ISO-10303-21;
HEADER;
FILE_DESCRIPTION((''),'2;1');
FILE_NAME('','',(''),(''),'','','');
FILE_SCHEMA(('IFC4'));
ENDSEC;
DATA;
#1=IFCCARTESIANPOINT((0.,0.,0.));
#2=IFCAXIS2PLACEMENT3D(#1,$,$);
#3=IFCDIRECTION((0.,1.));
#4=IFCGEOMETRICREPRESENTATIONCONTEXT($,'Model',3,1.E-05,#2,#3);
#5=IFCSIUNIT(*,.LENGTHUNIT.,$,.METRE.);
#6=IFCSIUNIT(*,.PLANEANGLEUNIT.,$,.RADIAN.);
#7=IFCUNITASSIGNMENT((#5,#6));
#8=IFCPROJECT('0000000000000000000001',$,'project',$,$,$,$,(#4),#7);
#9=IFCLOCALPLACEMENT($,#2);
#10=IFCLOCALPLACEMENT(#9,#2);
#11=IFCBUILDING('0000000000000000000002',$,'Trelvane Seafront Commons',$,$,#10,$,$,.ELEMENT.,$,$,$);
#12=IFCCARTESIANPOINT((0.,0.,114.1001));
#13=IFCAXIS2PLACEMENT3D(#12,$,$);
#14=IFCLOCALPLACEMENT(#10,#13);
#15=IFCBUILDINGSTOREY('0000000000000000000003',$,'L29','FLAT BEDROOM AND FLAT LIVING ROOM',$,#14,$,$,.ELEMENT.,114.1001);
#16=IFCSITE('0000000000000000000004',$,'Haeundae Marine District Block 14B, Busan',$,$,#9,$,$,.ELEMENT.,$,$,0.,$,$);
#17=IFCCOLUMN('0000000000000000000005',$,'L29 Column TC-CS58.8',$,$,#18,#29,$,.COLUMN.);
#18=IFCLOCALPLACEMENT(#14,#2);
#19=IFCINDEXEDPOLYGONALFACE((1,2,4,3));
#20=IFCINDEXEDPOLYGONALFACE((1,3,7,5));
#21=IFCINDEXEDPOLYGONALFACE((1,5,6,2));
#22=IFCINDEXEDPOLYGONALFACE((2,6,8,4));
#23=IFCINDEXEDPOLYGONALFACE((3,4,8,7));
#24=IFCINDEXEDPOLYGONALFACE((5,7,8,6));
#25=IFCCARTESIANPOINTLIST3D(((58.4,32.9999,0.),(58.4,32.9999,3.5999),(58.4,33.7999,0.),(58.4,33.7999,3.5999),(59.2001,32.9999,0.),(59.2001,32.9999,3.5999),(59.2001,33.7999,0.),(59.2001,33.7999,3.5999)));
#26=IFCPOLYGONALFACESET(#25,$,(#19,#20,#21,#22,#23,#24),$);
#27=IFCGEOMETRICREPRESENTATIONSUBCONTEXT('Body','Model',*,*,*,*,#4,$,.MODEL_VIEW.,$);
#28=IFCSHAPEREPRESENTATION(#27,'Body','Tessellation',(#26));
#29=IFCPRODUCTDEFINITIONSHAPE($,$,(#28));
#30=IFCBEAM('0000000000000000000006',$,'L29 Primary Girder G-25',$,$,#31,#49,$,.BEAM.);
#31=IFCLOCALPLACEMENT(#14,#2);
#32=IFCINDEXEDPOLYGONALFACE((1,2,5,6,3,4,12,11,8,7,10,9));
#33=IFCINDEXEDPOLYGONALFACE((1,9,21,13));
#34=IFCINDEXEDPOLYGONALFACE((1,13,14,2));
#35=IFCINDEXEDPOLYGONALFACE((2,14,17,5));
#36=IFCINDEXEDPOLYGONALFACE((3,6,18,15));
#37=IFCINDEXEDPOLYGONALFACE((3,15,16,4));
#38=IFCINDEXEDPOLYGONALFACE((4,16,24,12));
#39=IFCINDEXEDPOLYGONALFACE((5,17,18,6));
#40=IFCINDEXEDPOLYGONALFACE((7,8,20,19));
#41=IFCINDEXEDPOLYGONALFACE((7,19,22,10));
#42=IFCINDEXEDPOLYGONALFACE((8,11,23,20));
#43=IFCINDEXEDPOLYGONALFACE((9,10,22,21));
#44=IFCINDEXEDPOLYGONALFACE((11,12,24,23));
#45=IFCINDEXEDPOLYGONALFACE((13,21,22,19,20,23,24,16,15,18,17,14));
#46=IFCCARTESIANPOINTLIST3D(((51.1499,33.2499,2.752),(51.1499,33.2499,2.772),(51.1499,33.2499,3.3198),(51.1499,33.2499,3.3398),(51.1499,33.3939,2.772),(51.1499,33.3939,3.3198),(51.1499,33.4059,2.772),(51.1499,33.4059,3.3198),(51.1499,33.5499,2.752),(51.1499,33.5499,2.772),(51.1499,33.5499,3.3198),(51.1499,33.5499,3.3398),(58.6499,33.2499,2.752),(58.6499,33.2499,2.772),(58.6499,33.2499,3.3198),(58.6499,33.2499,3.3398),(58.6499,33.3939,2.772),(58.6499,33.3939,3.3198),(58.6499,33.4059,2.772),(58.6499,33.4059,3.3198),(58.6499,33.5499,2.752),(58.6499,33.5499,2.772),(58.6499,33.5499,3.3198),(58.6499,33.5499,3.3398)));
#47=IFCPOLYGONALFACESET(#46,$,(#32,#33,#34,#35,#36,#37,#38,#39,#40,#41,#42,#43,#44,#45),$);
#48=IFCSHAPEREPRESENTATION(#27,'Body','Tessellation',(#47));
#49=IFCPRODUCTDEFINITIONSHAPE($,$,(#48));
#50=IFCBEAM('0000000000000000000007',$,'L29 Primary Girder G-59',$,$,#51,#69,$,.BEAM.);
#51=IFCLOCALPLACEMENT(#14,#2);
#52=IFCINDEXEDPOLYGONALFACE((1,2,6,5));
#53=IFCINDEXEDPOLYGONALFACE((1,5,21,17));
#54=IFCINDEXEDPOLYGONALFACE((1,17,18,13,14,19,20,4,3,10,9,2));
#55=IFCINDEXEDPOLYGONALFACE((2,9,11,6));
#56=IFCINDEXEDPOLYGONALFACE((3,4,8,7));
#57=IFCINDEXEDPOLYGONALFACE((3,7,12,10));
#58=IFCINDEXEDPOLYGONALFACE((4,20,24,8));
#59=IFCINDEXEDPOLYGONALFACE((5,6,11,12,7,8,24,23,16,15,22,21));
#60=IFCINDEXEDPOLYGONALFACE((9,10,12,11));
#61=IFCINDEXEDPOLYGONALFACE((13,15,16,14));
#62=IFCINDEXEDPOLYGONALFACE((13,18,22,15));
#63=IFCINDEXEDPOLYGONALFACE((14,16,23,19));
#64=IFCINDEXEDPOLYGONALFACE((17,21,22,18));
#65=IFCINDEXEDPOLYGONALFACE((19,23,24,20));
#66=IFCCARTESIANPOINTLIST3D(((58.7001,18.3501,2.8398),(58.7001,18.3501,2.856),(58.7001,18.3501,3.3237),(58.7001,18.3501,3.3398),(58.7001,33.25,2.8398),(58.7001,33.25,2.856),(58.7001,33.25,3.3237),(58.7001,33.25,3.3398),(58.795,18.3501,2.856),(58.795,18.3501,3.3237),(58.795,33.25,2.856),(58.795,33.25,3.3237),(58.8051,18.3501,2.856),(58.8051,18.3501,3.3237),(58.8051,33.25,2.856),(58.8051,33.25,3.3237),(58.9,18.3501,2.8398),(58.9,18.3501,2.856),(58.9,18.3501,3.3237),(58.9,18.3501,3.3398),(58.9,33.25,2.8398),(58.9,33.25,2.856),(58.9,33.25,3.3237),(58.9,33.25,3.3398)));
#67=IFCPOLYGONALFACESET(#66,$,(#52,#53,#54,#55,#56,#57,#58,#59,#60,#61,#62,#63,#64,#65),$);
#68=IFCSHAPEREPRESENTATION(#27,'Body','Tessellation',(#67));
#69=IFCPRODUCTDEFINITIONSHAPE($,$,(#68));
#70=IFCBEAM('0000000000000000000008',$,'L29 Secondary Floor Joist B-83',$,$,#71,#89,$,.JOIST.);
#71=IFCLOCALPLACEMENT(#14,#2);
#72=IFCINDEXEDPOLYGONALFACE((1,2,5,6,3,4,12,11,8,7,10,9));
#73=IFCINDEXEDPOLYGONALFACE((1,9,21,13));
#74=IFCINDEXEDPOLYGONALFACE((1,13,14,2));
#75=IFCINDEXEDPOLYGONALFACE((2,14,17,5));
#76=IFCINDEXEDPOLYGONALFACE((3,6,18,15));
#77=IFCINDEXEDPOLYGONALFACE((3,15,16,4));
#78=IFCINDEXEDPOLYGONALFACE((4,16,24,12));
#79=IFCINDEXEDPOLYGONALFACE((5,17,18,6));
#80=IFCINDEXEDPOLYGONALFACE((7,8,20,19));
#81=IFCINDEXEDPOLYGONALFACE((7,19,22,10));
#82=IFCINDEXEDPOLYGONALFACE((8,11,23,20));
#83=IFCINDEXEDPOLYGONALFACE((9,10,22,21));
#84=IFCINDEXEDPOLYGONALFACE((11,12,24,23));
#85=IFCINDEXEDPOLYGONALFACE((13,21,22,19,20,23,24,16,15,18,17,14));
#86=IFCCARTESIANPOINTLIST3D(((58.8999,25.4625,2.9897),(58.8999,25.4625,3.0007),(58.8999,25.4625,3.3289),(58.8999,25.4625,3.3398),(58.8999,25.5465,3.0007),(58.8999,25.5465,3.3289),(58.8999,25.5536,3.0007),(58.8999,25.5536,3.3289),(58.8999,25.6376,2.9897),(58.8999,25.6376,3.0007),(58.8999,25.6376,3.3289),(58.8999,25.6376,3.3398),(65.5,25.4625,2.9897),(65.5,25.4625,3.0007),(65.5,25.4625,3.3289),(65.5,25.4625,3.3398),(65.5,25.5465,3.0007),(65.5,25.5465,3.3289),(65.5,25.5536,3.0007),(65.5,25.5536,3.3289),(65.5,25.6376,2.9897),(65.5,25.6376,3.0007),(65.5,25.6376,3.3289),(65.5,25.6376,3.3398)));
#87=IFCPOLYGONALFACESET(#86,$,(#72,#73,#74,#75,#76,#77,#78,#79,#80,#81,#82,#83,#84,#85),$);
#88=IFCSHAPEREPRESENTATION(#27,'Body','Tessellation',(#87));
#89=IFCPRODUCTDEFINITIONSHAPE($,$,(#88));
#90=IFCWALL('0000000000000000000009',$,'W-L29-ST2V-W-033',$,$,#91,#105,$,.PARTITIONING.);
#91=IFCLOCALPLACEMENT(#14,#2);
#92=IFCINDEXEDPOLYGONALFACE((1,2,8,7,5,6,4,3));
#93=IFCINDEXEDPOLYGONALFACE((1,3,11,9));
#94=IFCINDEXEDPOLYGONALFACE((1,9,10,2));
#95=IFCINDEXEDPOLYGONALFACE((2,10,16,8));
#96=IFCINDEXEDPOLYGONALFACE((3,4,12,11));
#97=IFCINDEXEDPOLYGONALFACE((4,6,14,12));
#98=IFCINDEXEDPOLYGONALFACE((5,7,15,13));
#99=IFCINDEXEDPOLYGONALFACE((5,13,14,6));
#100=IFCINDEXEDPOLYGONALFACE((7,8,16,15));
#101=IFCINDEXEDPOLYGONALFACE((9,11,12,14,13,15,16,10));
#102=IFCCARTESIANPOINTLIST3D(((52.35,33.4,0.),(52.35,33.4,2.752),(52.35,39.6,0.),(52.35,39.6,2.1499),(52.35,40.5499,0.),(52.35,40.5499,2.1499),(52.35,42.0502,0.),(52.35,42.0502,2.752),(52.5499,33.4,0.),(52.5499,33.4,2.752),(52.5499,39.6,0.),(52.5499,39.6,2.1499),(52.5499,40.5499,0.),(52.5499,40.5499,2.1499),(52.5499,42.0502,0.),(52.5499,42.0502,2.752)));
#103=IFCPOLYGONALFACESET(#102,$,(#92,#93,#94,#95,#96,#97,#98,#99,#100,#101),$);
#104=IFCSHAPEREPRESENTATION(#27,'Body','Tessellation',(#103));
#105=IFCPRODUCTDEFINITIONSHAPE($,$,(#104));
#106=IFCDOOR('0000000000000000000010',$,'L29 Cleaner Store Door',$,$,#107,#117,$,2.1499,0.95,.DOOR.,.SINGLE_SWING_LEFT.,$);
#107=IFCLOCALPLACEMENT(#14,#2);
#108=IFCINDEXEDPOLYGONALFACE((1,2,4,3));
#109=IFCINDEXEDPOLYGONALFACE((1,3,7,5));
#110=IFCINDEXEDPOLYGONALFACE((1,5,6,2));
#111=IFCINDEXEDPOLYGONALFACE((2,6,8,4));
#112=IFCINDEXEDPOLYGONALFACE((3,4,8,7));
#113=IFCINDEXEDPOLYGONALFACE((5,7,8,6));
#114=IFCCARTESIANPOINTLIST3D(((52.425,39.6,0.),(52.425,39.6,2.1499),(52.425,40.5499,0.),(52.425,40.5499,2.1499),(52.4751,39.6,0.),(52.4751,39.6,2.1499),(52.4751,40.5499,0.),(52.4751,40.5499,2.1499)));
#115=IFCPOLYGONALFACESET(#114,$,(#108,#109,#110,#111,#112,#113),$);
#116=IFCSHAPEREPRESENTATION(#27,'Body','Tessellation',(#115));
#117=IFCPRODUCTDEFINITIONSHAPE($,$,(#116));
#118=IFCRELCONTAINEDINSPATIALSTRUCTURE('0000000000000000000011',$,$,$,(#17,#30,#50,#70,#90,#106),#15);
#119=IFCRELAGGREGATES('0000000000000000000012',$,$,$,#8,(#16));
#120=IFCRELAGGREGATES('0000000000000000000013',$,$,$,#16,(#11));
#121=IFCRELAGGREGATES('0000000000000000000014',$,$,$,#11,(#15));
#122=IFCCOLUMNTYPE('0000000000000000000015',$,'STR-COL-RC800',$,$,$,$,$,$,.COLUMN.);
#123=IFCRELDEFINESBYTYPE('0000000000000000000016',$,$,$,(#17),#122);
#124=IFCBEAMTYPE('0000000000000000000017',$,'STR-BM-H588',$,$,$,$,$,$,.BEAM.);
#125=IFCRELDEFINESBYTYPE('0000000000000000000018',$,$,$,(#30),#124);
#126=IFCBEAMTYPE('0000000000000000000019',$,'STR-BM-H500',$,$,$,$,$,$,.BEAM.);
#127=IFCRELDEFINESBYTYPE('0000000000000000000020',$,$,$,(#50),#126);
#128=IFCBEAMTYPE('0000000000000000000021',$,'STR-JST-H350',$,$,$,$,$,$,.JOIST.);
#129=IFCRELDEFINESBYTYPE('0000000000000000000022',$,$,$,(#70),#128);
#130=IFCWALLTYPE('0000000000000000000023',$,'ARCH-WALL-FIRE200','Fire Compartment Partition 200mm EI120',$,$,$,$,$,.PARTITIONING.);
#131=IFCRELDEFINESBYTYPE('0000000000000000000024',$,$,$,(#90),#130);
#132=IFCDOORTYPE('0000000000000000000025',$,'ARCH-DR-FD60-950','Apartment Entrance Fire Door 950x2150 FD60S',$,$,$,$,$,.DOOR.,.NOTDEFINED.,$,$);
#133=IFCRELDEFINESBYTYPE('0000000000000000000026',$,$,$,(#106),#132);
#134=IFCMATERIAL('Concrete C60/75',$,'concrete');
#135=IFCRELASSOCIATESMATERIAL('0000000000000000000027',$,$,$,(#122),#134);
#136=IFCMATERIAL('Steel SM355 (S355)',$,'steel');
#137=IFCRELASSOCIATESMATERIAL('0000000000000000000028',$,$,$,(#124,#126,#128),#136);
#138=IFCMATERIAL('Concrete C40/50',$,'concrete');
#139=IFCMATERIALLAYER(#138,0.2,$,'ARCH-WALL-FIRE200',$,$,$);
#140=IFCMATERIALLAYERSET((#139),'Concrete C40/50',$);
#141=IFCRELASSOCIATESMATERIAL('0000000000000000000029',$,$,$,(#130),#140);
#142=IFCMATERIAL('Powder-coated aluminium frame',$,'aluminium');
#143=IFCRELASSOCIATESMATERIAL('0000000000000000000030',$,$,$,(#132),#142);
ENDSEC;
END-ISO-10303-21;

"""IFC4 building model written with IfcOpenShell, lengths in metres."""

from ifc_helpers import new_model, si_unit, direction, frame, frame_2d, origin, origin_2d, place, context, subcontext, project, spatial, rectangle, i_section, extrude, source, transform, mapped, material, layer, layer_set, material_profile, profile_set, type_object, element, fill, save


model = new_model("IFC4")

# Units and contexts
model_context = context("Model", 3, precision=1e-05, world=origin(), true_north=direction((0.0, 1.0)))
body_context = subcontext(model_context, "Body", "Model", "MODEL_VIEW")
ifc_project = project(units=[si_unit("LENGTHUNIT", "METRE"), si_unit("PLANEANGLEUNIT", "RADIAN")], contexts=[model_context])

# Site, building, storey
site_placement = place(None, origin())
site = spatial("IfcSite", under=ifc_project, at=site_placement, Name="Haeundae Marine District Block 14B, Busan", CompositionType="ELEMENT", RefElevation=0.0)
building_placement = place(site_placement, origin())
building = spatial("IfcBuilding", under=site, at=building_placement, Name="Trelvane Seafront Commons", CompositionType="ELEMENT")
storey_placement = place(building_placement, frame((0.0, 0.0, 114.1001)))
storey = spatial("IfcBuildingStorey", under=building, at=storey_placement, Name="L29", Description="FLAT BEDROOM AND FLAT LIVING ROOM", CompositionType="ELEMENT", Elevation=114.1001)

# Column
ifc_material_1 = material(Name="Concrete C60/75", Category="concrete")
ifc_material_profile_1 = material_profile(ifc_material_1, rectangle(XDim=0.8, YDim=0.8, at=origin_2d()), Name="RC-800x800")
ifc_profile_set_1 = profile_set([ifc_material_profile_1], Name="Concrete C60/75")
column_type = type_object("IfcColumnType", Name="STR-COL-RC800", PredefinedType="COLUMN", material=ifc_profile_set_1)
shared_shape_1 = source(origin(), body_context, "Body", "SweptSolid", [
    extrude(rectangle(XDim=0.8, YDim=0.8, at=origin_2d()), origin(), (0.0, 0.0, 1.0), 3.5999),
])
column_placement = place(storey_placement, frame((58.8, 33.3999, 0.0), z_axis=(0.0, 0.0, 1.0), x_axis=(1.0, 0.0, 0.0)))
element("IfcColumn", 1, at=column_placement, inside=storey, type_object=column_type, Name="L29 Column TC-CS58.8", PredefinedType="COLUMN", context=body_context, shape_type="MappedRepresentation", body=[
    mapped(shared_shape_1, transform((0.0, 0.0, 0.0), x_axis=(1.0, 0.0, 0.0), y_axis=(0.0, 1.0, 0.0), z_axis=(0.0, 0.0, 1.0), scale=1.0)),
])

# Beams
ifc_material_2 = material(Name="Steel SM355 (S355)", Category="steel")
ifc_material_profile_2 = material_profile(ifc_material_2, i_section(OverallWidth=0.3, OverallDepth=0.5879, WebThickness=0.012, FlangeThickness=0.02, at=origin_2d()), Name="H-588x300x12x20")
ifc_profile_set_2 = profile_set([ifc_material_profile_2], Name="Steel SM355 (S355)")
beam_type_1 = type_object("IfcBeamType", Name="STR-BM-H588", PredefinedType="BEAM", material=ifc_profile_set_2)
shared_shape_2 = source(origin(), body_context, "Body", "SweptSolid", [
    extrude(i_section(OverallWidth=0.3, OverallDepth=0.5879, WebThickness=0.012, FlangeThickness=0.02, at=origin_2d()), origin(), (0.0, 0.0, 1.0), 7.5),
])
beam_1_placement = place(storey_placement, frame((51.1499, 33.3999, 3.0459), z_axis=(1.0, 0.0, 0.0), x_axis=(0.0, 1.0, 0.0)))
element("IfcBeam", 2, at=beam_1_placement, inside=storey, type_object=beam_type_1, Name="L29 Primary Girder G-25", PredefinedType="BEAM", context=body_context, shape_type="MappedRepresentation", body=[
    mapped(shared_shape_2, transform((0.0, 0.0, 0.0), x_axis=(1.0, 0.0, 0.0), y_axis=(0.0, 1.0, 0.0), z_axis=(0.0, 0.0, 1.0), scale=1.0)),
])
ifc_material_profile_3 = material_profile(ifc_material_2, i_section(OverallWidth=0.2, OverallDepth=0.5, WebThickness=0.01, FlangeThickness=0.0161, at=origin_2d()), Name="H-500x200x10x16")
ifc_profile_set_3 = profile_set([ifc_material_profile_3], Name="Steel SM355 (S355)")
beam_type_2 = type_object("IfcBeamType", Name="STR-BM-H500", PredefinedType="BEAM", material=ifc_profile_set_3)
shared_shape_3 = source(origin(), body_context, "Body", "SweptSolid", [
    extrude(i_section(OverallWidth=0.2, OverallDepth=0.5, WebThickness=0.01, FlangeThickness=0.0161, at=origin_2d()), origin(), (0.0, 0.0, 1.0), 14.8999),
])
beam_2_placement = place(storey_placement, frame((58.8, 18.3501, 3.0898), z_axis=(0.0, 1.0, 0.0), x_axis=(-1.0, 0.0, 0.0)))
element("IfcBeam", 3, at=beam_2_placement, inside=storey, type_object=beam_type_2, Name="L29 Primary Girder G-59", PredefinedType="BEAM", context=body_context, shape_type="MappedRepresentation", body=[
    mapped(shared_shape_3, transform((0.0, 0.0, 0.0), x_axis=(1.0, 0.0, 0.0), y_axis=(0.0, 1.0, 0.0), z_axis=(0.0, 0.0, 1.0), scale=1.0)),
])
ifc_material_profile_4 = material_profile(ifc_material_2, i_section(OverallWidth=0.175, OverallDepth=0.3501, WebThickness=0.0071, FlangeThickness=0.011, at=origin_2d()), Name="H-350x175x7x11")
ifc_profile_set_4 = profile_set([ifc_material_profile_4], Name="Steel SM355 (S355)")
beam_type_3 = type_object("IfcBeamType", Name="STR-JST-H350", PredefinedType="JOIST", material=ifc_profile_set_4)
shared_shape_4 = source(origin(), body_context, "Body", "SweptSolid", [
    extrude(i_section(OverallWidth=0.175, OverallDepth=0.3501, WebThickness=0.0071, FlangeThickness=0.011, at=origin_2d()), origin(), (0.0, 0.0, 1.0), 6.6001),
])
beam_3_placement = place(storey_placement, frame((58.8999, 25.55, 3.1648), z_axis=(1.0, 0.0, 0.0), x_axis=(0.0, 1.0, 0.0)))
element("IfcBeam", 4, at=beam_3_placement, inside=storey, type_object=beam_type_3, Name="L29 Secondary Floor Joist B-83", PredefinedType="JOIST", context=body_context, shape_type="MappedRepresentation", body=[
    mapped(shared_shape_4, transform((0.0, 0.0, 0.0), x_axis=(1.0, 0.0, 0.0), y_axis=(0.0, 1.0, 0.0), z_axis=(0.0, 0.0, 1.0), scale=1.0)),
])

# Wall, opening, door
ifc_material_3 = material(Name="Concrete C40/50", Category="concrete")
ifc_layer_1 = layer(ifc_material_3, 0.2, Name="ARCH-WALL-FIRE200")
ifc_layer_set_1 = layer_set([ifc_layer_1], Name="Concrete C40/50")
wall_type_1 = type_object("IfcWallType", Name="ARCH-WALL-FIRE200", Description="Fire Compartment Partition 200mm EI120", PredefinedType="PARTITIONING", material=ifc_layer_set_1)
wall_1_placement = place(storey_placement, frame((52.45, 33.3999, 0.0), z_axis=(0.0, 0.0, 1.0), x_axis=(0.0, 1.0, 0.0)))
wall_1 = element("IfcWall", 5, at=wall_1_placement, inside=storey, type_object=wall_type_1, Name="W-L29-ST2V-W-033", PredefinedType="PARTITIONING", context=body_context, shape_type="SweptSolid", body=[
    extrude(rectangle(XDim=8.6501, YDim=0.2, at=frame_2d((4.3252, 0.0))), origin(), (0.0, 0.0, 1.0), 2.752),
])
opening_1_placement = place(wall_1_placement, frame((6.2, 0.0, 0.0)))
opening_1 = element("IfcOpeningElement", 6, at=opening_1_placement, cuts=wall_1, PredefinedType="OPENING", context=body_context, shape_type="SweptSolid", body=[
    extrude(rectangle(XDim=0.95, YDim=2.1499, at=frame_2d((0.4751, 1.075))), frame((0.0, 0.1099, 0.0), z_axis=(0.0, -1.0, 0.0), x_axis=(1.0, 0.0, 0.0)), (0.0, 0.0, 1.0), 0.22),
])
ifc_material_4 = material(Name="Powder-coated aluminium frame", Category="aluminium")
door_type_1 = type_object("IfcDoorType", Name="ARCH-DR-FD60-950", Description="Apartment Entrance Fire Door 950x2150 FD60S", OperationType="NOTDEFINED", PredefinedType="DOOR", material=ifc_material_4)
shared_shape_5 = source(origin(), body_context, "Body", "SweptSolid", [
    extrude(rectangle(XDim=0.95, YDim=2.1499, at=frame_2d((0.4751, 1.075))), frame((0.0, 0.0249, 0.0), z_axis=(0.0, -1.0, 0.0), x_axis=(1.0, 0.0, 0.0)), (0.0, 0.0, 1.0), 0.05),
])
door_1_placement = place(opening_1_placement, origin())
door_1 = element("IfcDoor", 7, at=door_1_placement, inside=storey, type_object=door_type_1, Name="L29 Cleaner Store Door", OperationType="SINGLE_SWING_LEFT", OverallHeight=2.1499, OverallWidth=0.95, PredefinedType="DOOR", context=body_context, shape_type="MappedRepresentation", body=[
    mapped(shared_shape_5, transform((0.0, 0.0, 0.0), x_axis=(1.0, 0.0, 0.0), y_axis=(0.0, 1.0, 0.0), z_axis=(0.0, 0.0, 1.0), scale=1.0)),
])
fill(opening_1, door_1)

save(model, "model.ifc")
